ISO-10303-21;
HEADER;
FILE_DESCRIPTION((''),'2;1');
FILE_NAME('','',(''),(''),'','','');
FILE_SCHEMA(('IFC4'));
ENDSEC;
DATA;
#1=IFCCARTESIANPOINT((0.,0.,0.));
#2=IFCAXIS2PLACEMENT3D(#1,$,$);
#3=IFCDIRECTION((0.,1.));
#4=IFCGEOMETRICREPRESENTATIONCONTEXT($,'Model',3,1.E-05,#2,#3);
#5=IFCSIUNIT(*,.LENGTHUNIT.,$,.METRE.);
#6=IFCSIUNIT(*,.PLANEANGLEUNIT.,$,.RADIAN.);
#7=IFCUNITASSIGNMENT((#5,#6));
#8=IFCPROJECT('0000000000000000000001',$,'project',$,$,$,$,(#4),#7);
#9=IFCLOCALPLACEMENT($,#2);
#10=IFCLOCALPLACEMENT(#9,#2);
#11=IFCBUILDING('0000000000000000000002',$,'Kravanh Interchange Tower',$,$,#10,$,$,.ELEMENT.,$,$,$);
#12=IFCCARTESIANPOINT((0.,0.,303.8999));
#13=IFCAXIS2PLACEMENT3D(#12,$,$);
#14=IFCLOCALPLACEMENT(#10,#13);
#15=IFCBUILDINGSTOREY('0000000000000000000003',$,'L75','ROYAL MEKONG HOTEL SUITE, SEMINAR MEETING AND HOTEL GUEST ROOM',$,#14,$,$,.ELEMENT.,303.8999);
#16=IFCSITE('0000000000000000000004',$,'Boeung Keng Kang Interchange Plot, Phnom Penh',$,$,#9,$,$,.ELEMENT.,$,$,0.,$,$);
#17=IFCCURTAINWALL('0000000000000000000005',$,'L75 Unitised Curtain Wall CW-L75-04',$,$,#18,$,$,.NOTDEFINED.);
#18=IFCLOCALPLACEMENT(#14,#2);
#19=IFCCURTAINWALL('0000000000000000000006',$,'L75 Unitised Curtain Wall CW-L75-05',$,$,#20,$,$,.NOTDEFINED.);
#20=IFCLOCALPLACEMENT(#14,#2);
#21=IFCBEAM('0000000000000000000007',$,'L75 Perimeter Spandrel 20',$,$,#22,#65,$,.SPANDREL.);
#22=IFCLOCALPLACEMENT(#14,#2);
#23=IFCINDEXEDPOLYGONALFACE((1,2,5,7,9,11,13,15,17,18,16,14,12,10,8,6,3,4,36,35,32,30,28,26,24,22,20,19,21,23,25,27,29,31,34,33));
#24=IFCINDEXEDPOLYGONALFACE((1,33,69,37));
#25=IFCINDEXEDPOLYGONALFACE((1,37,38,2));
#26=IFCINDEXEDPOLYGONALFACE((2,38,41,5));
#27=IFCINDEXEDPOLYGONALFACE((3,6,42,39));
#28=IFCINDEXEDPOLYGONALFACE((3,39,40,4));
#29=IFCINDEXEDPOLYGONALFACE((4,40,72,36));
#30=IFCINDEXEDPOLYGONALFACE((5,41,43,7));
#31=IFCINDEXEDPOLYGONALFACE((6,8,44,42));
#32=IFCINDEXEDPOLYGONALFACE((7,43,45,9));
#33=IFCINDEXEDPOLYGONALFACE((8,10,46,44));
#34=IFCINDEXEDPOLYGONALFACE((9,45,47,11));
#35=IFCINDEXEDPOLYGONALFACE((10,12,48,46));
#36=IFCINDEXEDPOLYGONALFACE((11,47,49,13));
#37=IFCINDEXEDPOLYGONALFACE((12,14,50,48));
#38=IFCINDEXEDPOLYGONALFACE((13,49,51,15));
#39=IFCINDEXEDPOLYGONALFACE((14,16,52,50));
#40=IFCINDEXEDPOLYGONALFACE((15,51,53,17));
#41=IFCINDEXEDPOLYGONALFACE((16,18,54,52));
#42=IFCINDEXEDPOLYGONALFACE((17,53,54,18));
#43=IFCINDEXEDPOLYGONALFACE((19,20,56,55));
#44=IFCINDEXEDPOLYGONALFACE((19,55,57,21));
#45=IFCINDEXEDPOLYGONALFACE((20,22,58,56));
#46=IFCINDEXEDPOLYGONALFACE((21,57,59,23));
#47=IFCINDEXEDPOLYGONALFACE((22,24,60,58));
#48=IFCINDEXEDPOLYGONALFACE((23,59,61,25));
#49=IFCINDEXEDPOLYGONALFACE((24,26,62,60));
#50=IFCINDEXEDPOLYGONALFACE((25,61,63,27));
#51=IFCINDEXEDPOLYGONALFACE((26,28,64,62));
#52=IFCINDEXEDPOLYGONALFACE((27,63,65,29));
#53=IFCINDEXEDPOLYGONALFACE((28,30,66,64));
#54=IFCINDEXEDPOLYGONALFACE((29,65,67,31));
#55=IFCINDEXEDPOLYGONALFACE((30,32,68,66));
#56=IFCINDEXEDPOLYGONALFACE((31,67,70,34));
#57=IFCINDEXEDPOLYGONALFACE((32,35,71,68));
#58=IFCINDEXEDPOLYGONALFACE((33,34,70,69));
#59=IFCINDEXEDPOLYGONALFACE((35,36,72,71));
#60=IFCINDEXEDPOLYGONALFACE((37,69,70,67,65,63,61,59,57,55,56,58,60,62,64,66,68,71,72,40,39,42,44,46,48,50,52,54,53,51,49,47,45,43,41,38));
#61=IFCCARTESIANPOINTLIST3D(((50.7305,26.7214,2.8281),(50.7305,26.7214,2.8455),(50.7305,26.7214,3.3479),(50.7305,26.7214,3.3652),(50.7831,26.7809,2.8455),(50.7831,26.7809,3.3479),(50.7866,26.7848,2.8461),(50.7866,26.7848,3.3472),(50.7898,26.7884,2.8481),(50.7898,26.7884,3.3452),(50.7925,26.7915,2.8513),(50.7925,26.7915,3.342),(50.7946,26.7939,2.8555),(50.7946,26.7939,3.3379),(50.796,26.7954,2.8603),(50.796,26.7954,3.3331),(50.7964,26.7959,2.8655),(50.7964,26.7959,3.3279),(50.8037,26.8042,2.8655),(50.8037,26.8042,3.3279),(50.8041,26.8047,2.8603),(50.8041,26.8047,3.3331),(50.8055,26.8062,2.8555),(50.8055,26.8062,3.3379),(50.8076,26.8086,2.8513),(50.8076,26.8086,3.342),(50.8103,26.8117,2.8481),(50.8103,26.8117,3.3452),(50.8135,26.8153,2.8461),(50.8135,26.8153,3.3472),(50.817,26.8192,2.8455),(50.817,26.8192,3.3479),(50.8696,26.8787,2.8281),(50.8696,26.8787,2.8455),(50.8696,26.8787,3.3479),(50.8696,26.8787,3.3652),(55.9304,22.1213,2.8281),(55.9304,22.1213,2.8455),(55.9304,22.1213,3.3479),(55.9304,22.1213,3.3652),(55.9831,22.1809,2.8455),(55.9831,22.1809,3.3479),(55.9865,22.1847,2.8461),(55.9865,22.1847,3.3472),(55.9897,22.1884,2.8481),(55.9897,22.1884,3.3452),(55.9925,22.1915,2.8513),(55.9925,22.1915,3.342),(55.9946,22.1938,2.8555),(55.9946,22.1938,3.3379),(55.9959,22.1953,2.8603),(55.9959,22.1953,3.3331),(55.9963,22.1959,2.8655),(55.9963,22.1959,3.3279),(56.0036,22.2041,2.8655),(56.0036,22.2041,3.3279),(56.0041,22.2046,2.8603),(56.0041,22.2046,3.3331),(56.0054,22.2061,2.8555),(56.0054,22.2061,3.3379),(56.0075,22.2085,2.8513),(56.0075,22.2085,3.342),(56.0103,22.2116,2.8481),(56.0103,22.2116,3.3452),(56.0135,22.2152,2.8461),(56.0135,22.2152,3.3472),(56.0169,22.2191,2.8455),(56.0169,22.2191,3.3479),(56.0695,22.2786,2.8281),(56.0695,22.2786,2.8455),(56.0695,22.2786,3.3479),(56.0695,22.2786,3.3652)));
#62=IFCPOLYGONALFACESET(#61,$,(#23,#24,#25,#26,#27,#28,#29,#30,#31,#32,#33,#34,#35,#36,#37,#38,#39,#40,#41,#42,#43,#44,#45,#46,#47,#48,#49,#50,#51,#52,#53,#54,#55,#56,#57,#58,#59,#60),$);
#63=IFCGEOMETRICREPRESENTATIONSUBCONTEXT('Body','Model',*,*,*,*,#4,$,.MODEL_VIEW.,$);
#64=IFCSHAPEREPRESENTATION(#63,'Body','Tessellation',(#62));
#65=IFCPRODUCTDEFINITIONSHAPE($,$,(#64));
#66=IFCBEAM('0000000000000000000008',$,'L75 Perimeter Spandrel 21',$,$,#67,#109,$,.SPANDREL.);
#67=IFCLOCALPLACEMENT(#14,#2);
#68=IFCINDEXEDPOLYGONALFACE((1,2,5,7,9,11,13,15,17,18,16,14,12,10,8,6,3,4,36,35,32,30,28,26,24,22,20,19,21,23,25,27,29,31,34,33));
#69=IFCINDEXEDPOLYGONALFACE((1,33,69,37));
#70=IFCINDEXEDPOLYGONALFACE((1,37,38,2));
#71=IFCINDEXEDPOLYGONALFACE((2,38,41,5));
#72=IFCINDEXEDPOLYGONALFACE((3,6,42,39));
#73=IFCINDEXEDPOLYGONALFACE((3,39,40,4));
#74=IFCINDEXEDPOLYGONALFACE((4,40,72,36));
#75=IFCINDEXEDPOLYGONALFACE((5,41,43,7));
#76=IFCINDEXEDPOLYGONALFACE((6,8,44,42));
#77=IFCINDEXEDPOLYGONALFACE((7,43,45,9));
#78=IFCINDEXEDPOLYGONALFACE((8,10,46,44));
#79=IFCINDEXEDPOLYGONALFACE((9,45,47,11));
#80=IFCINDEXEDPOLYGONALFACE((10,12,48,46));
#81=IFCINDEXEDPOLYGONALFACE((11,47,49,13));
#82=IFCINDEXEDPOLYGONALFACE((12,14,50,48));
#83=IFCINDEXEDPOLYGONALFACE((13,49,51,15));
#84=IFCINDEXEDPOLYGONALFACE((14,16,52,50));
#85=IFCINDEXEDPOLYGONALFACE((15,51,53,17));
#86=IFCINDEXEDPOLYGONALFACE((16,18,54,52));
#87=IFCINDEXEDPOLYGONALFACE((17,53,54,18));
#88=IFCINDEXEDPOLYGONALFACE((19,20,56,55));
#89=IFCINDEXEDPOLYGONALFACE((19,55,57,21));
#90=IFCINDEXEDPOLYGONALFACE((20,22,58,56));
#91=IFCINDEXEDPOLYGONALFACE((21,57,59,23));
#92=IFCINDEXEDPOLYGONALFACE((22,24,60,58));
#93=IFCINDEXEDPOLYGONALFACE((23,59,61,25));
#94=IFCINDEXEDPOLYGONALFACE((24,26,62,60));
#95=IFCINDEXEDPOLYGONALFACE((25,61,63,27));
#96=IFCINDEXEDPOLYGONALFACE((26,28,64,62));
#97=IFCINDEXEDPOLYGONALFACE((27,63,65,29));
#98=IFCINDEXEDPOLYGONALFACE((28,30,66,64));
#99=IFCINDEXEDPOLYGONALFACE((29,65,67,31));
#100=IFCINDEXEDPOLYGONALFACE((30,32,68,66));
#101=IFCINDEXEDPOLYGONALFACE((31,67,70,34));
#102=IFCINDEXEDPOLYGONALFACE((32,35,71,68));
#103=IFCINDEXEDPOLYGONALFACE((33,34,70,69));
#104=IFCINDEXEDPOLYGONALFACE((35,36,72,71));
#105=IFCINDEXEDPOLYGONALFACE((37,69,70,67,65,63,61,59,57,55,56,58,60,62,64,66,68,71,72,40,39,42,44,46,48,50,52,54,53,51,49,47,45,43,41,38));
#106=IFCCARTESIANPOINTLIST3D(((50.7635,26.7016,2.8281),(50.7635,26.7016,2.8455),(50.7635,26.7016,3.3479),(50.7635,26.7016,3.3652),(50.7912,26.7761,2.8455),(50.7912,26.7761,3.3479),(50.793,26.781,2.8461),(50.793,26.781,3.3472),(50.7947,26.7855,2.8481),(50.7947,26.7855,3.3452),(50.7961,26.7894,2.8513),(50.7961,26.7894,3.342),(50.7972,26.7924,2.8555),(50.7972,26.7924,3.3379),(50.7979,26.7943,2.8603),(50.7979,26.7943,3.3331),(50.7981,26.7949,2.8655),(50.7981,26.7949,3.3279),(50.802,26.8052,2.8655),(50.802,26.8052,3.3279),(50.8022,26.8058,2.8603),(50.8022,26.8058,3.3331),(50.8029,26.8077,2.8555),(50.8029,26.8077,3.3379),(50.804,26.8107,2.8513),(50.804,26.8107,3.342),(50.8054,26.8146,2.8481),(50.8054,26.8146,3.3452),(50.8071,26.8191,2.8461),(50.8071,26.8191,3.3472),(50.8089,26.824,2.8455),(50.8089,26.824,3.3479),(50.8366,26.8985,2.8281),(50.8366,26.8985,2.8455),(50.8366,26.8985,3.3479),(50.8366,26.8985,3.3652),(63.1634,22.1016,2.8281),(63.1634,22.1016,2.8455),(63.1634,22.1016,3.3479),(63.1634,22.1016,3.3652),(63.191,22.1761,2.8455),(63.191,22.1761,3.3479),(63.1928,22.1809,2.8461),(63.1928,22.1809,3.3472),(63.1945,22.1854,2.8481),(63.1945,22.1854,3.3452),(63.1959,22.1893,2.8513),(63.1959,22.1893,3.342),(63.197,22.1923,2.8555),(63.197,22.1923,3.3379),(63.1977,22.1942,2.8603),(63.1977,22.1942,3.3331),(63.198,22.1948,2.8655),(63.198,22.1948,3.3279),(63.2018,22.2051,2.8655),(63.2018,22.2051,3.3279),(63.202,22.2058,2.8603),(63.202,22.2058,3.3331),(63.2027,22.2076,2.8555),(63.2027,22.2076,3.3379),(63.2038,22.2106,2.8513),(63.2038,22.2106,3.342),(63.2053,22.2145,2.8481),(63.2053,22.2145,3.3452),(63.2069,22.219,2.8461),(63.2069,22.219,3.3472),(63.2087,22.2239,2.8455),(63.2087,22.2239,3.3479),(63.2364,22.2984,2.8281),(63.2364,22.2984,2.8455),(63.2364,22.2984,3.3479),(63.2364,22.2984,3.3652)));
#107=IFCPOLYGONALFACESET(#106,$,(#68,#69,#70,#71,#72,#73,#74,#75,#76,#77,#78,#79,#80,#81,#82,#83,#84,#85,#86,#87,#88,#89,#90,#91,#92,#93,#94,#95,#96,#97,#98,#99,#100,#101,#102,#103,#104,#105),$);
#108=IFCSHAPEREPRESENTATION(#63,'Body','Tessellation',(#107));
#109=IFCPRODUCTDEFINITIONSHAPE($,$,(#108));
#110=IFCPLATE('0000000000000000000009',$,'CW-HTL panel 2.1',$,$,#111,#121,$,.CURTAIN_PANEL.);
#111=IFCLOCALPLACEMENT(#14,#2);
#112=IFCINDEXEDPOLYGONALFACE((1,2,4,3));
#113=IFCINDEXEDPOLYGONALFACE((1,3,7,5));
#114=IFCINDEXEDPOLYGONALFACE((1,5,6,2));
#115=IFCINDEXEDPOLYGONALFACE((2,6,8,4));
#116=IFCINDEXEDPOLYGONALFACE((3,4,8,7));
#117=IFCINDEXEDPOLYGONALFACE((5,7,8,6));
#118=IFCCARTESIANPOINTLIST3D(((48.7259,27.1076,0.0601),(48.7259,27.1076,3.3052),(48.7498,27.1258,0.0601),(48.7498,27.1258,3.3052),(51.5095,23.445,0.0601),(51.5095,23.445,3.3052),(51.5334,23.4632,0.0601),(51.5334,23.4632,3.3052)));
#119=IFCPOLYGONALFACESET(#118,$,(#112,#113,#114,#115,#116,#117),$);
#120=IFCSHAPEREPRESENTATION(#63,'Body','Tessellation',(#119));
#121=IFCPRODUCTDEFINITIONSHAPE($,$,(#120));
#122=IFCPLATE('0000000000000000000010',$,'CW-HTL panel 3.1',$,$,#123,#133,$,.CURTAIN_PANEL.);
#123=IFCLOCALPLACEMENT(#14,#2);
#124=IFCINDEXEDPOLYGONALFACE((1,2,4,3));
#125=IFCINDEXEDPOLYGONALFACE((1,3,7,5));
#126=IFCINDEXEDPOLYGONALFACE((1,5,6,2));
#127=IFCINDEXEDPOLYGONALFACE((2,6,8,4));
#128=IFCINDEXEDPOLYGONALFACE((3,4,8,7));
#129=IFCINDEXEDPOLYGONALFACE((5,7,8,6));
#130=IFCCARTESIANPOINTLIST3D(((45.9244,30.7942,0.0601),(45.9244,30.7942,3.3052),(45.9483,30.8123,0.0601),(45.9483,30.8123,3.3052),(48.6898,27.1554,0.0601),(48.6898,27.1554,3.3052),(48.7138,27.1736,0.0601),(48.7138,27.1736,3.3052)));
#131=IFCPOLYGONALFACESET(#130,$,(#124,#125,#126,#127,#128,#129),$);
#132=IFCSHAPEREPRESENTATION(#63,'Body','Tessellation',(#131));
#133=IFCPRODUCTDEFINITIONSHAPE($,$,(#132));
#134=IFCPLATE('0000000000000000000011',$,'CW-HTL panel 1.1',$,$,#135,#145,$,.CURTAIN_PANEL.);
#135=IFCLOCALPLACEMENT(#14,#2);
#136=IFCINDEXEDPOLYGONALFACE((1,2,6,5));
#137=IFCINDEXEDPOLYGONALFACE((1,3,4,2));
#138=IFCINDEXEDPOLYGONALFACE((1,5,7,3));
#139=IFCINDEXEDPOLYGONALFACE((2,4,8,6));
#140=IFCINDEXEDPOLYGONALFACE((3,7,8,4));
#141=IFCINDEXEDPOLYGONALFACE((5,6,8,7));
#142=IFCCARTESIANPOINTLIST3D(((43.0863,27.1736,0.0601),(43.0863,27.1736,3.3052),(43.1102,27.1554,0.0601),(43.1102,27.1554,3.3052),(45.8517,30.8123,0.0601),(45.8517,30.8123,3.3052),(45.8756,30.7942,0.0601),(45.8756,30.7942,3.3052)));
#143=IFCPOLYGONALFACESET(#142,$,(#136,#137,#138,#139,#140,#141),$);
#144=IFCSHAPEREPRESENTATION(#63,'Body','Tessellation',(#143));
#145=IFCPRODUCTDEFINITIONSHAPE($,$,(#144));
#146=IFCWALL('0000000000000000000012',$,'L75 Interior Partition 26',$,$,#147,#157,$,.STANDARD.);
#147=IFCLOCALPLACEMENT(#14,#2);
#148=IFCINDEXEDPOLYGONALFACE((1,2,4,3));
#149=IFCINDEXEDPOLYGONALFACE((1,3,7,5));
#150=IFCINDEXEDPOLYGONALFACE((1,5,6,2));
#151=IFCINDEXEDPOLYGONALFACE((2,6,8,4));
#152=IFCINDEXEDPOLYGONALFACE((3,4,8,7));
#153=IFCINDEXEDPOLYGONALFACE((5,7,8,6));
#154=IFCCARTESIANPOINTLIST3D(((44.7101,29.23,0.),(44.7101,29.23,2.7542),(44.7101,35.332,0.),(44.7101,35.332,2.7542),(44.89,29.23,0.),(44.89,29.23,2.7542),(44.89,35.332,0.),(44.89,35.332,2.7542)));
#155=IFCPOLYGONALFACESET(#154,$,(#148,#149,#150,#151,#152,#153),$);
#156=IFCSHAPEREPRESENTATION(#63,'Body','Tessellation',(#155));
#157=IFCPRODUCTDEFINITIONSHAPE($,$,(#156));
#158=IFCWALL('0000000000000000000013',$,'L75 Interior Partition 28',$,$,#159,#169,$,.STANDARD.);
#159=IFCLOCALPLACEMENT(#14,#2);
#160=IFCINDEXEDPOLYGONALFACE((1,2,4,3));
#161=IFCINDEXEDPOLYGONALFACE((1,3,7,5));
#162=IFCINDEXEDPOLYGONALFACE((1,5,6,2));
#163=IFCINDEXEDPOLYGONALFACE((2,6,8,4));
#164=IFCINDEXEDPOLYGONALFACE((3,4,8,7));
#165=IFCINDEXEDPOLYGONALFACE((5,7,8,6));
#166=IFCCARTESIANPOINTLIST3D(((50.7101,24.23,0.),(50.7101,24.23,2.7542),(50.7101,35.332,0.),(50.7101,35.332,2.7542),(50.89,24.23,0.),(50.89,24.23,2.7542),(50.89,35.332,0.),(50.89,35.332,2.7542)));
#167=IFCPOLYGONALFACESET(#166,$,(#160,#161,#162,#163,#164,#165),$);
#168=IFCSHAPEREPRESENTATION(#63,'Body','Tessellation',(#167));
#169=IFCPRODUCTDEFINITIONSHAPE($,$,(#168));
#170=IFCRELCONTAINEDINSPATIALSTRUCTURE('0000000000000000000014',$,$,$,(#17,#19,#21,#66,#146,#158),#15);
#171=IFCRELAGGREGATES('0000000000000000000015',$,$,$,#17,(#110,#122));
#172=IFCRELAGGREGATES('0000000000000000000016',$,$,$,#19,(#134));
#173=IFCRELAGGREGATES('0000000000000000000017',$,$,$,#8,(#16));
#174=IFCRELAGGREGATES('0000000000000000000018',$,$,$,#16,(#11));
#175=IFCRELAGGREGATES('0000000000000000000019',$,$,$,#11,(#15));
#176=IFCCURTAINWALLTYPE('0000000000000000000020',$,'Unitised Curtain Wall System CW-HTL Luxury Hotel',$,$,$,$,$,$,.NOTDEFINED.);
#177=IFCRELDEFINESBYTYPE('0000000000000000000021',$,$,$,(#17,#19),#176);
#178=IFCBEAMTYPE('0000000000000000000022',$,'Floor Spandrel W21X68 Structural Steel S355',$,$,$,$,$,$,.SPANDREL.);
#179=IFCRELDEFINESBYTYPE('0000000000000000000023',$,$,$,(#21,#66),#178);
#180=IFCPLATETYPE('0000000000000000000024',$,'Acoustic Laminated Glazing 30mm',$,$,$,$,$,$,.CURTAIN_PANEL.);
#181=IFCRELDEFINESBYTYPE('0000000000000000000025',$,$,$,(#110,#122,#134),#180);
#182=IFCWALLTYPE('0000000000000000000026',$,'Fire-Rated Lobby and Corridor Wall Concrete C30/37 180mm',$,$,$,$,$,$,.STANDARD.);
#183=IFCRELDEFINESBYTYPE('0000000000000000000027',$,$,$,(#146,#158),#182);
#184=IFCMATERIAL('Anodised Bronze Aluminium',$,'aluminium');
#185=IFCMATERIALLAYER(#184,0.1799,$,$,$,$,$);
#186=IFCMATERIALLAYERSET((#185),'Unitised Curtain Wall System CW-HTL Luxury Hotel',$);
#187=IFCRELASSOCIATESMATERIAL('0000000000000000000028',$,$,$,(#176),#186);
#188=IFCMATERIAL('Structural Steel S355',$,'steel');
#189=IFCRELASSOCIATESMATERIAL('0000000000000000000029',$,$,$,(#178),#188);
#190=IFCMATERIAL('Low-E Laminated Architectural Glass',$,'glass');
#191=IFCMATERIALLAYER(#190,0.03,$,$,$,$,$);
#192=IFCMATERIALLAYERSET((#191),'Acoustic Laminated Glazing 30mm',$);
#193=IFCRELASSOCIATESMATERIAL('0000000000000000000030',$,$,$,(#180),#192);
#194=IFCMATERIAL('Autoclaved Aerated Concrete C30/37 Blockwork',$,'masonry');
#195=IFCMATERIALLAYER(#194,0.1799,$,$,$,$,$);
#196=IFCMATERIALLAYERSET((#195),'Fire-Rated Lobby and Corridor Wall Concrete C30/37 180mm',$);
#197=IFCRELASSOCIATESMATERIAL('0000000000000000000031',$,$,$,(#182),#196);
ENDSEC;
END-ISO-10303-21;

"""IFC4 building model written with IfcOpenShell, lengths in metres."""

from ifc_helpers import new_model, si_unit, direction, frame, frame_2d, origin, origin_2d, place, context, subcontext, project, spatial, rectangle, i_section, extrude, material, layer, layer_set, material_profile, profile_set, type_object, element, aggregate, save


model = new_model("IFC4")

# Units and contexts
model_context = context("Model", 3, precision=1e-05, world=origin(), true_north=direction((0.0, 1.0)))
body_context = subcontext(model_context, "Body", "Model", "MODEL_VIEW")
ifc_project = project(units=[si_unit("LENGTHUNIT", "METRE"), si_unit("PLANEANGLEUNIT", "RADIAN")], contexts=[model_context])

# Site, building, storey
site_placement = place(None, origin())
site = spatial("IfcSite", under=ifc_project, at=site_placement, Name="Boeung Keng Kang Interchange Plot, Phnom Penh", CompositionType="ELEMENT", RefElevation=0.0)
building_placement = place(site_placement, origin())
building = spatial("IfcBuilding", under=site, at=building_placement, Name="Kravanh Interchange Tower", CompositionType="ELEMENT")
storey_placement = place(building_placement, frame((0.0, 0.0, 303.8999)))
storey = spatial("IfcBuildingStorey", under=building, at=storey_placement, Name="L75", Description="ROYAL MEKONG HOTEL SUITE, SEMINAR MEETING AND HOTEL GUEST ROOM", CompositionType="ELEMENT", Elevation=303.8999)

# Curtain walls
ifc_material_1 = material(Name="Anodised Bronze Aluminium", Category="aluminium")
ifc_layer_1 = layer(ifc_material_1, 0.1799)
ifc_layer_set_1 = layer_set([ifc_layer_1], Name="Unitised Curtain Wall System CW-HTL Luxury Hotel")
curtain_wall_type = type_object("IfcCurtainWallType", Name="Unitised Curtain Wall System CW-HTL Luxury Hotel", PredefinedType="NOTDEFINED", material=ifc_layer_set_1)
curtain_wall_1_placement = place(storey_placement, origin())
curtain_wall_1 = element("IfcCurtainWall", 1, at=curtain_wall_1_placement, inside=storey, type_object=curtain_wall_type, Name="L75 Unitised Curtain Wall CW-L75-04", PredefinedType="NOTDEFINED")
curtain_wall_2_placement = place(storey_placement, origin())
curtain_wall_2 = element("IfcCurtainWall", 2, at=curtain_wall_2_placement, inside=storey, type_object=curtain_wall_type, Name="L75 Unitised Curtain Wall CW-L75-05", PredefinedType="NOTDEFINED")

# Beams
ifc_material_2 = material(Name="Structural Steel S355", Category="steel")
ifc_material_profile_1 = material_profile(ifc_material_2, i_section(OverallWidth=0.21, OverallDepth=0.5371, WebThickness=0.011, FlangeThickness=0.0173, FilletRadius=0.02, at=origin_2d()), Name="W21X68")
ifc_profile_set_1 = profile_set([ifc_material_profile_1], Name="Structural Steel S355")
beam_type_1 = type_object("IfcBeamType", Name="Floor Spandrel W21X68 Structural Steel S355", PredefinedType="SPANDREL", material=ifc_profile_set_1)
beam_1_placement = place(storey_placement, frame((50.8, 26.8, 3.0967), z_axis=(0.748986, -0.662585, 0.0), x_axis=(0.662585, 0.748986, 0.0)))
element("IfcBeam", 3, at=beam_1_placement, inside=storey, type_object=beam_type_1, Name="L75 Perimeter Spandrel 20", PredefinedType="SPANDREL", context=body_context, shape_type="SweptSolid", body=[
    extrude(i_section(OverallWidth=0.21, OverallDepth=0.5371, WebThickness=0.011, FlangeThickness=0.0173, FilletRadius=0.02, at=origin_2d()), origin(), (0.0, 0.0, 1.0), 6.9426),
])
beam_2_placement = place(storey_placement, frame((50.8, 26.8, 3.0967), z_axis=(0.937563, -0.347816, 0.0), x_axis=(0.347816, 0.937563, 0.0)))
element("IfcBeam", 4, at=beam_2_placement, inside=storey, type_object=beam_type_1, Name="L75 Perimeter Spandrel 21", PredefinedType="SPANDREL", context=body_context, shape_type="SweptSolid", body=[
    extrude(i_section(OverallWidth=0.21, OverallDepth=0.5371, WebThickness=0.011, FlangeThickness=0.0173, FilletRadius=0.02, at=origin_2d()), origin(), (0.0, 0.0, 1.0), 13.2256),
])

# Plates
ifc_material_3 = material(Name="Low-E Laminated Architectural Glass", Category="glass")
ifc_layer_2 = layer(ifc_material_3, 0.03)
ifc_layer_set_2 = layer_set([ifc_layer_2], Name="Acoustic Laminated Glazing 30mm")
plate_type = type_object("IfcPlateType", Name="Acoustic Laminated Glazing 30mm", PredefinedType="CURTAIN_PANEL", material=ifc_layer_set_2)
plate_1_placement = place(storey_placement, frame((50.1296, 25.2854, 0.0601), z_axis=(0.0, 0.0, 1.0), x_axis=(-0.605084, 0.796162, 0.0)))
plate_1 = element("IfcPlate", 5, at=plate_1_placement, type_object=plate_type, Name="CW-HTL panel 2.1", PredefinedType="CURTAIN_PANEL", context=body_context, shape_type="SweptSolid", body=[
    extrude(rectangle(XDim=4.6003, YDim=0.03, at=origin_2d()), origin(), (0.0, 0.0, 1.0), 3.2451),
])
plate_2_placement = place(storey_placement, frame((47.3191, 28.9839, 0.0601), z_axis=(0.0, 0.0, 1.0), x_axis=(-0.605084, 0.796162, 0.0)))
plate_2 = element("IfcPlate", 6, at=plate_2_placement, type_object=plate_type, Name="CW-HTL panel 3.1", PredefinedType="CURTAIN_PANEL", context=body_context, shape_type="SweptSolid", body=[
    extrude(rectangle(XDim=4.5703, YDim=0.03, at=origin_2d()), origin(), (0.0, 0.0, 1.0), 3.2451),
])
aggregate(curtain_wall_1, [plate_1, plate_2])
plate_3_placement = place(storey_placement, frame((44.481, 28.9839, 0.0601), z_axis=(0.0, 0.0, 1.0), x_axis=(-0.605084, -0.796162, 0.0)))
plate_3 = element("IfcPlate", 7, at=plate_3_placement, type_object=plate_type, Name="CW-HTL panel 1.1", PredefinedType="CURTAIN_PANEL", context=body_context, shape_type="SweptSolid", body=[
    extrude(rectangle(XDim=4.5703, YDim=0.03, at=origin_2d()), origin(), (0.0, 0.0, 1.0), 3.2451),
])
aggregate(curtain_wall_2, [plate_3])

# Walls
ifc_material_4 = material(Name="Autoclaved Aerated Concrete C30/37 Blockwork", Category="masonry")
ifc_layer_3 = layer(ifc_material_4, 0.1799)
ifc_layer_set_3 = layer_set([ifc_layer_3], Name="Fire-Rated Lobby and Corridor Wall Concrete C30/37 180mm")
wall_type_1 = type_object("IfcWallType", Name="Fire-Rated Lobby and Corridor Wall Concrete C30/37 180mm", PredefinedType="STANDARD", material=ifc_layer_set_3)
wall_1_placement = place(storey_placement, frame((44.8, 29.23, 0.0), z_axis=(0.0, 0.0, 1.0), x_axis=(0.0, 1.0, 0.0)))
element("IfcWall", 8, at=wall_1_placement, inside=storey, type_object=wall_type_1, Name="L75 Interior Partition 26", PredefinedType="STANDARD", context=body_context, shape_type="SweptSolid", body=[
    extrude(rectangle(XDim=6.1021, YDim=0.1799, at=frame_2d((3.051, 0.0))), origin(), (0.0, 0.0, 1.0), 2.7542),
])
wall_2_placement = place(storey_placement, frame((50.8, 24.23, 0.0), z_axis=(0.0, 0.0, 1.0), x_axis=(0.0, 1.0, 0.0)))
element("IfcWall", 9, at=wall_2_placement, inside=storey, type_object=wall_type_1, Name="L75 Interior Partition 28", PredefinedType="STANDARD", context=body_context, shape_type="SweptSolid", body=[
    extrude(rectangle(XDim=11.1021, YDim=0.1799, at=frame_2d((5.551, 0.0))), origin(), (0.0, 0.0, 1.0), 2.7542),
])

save(model, "model.ifc")
